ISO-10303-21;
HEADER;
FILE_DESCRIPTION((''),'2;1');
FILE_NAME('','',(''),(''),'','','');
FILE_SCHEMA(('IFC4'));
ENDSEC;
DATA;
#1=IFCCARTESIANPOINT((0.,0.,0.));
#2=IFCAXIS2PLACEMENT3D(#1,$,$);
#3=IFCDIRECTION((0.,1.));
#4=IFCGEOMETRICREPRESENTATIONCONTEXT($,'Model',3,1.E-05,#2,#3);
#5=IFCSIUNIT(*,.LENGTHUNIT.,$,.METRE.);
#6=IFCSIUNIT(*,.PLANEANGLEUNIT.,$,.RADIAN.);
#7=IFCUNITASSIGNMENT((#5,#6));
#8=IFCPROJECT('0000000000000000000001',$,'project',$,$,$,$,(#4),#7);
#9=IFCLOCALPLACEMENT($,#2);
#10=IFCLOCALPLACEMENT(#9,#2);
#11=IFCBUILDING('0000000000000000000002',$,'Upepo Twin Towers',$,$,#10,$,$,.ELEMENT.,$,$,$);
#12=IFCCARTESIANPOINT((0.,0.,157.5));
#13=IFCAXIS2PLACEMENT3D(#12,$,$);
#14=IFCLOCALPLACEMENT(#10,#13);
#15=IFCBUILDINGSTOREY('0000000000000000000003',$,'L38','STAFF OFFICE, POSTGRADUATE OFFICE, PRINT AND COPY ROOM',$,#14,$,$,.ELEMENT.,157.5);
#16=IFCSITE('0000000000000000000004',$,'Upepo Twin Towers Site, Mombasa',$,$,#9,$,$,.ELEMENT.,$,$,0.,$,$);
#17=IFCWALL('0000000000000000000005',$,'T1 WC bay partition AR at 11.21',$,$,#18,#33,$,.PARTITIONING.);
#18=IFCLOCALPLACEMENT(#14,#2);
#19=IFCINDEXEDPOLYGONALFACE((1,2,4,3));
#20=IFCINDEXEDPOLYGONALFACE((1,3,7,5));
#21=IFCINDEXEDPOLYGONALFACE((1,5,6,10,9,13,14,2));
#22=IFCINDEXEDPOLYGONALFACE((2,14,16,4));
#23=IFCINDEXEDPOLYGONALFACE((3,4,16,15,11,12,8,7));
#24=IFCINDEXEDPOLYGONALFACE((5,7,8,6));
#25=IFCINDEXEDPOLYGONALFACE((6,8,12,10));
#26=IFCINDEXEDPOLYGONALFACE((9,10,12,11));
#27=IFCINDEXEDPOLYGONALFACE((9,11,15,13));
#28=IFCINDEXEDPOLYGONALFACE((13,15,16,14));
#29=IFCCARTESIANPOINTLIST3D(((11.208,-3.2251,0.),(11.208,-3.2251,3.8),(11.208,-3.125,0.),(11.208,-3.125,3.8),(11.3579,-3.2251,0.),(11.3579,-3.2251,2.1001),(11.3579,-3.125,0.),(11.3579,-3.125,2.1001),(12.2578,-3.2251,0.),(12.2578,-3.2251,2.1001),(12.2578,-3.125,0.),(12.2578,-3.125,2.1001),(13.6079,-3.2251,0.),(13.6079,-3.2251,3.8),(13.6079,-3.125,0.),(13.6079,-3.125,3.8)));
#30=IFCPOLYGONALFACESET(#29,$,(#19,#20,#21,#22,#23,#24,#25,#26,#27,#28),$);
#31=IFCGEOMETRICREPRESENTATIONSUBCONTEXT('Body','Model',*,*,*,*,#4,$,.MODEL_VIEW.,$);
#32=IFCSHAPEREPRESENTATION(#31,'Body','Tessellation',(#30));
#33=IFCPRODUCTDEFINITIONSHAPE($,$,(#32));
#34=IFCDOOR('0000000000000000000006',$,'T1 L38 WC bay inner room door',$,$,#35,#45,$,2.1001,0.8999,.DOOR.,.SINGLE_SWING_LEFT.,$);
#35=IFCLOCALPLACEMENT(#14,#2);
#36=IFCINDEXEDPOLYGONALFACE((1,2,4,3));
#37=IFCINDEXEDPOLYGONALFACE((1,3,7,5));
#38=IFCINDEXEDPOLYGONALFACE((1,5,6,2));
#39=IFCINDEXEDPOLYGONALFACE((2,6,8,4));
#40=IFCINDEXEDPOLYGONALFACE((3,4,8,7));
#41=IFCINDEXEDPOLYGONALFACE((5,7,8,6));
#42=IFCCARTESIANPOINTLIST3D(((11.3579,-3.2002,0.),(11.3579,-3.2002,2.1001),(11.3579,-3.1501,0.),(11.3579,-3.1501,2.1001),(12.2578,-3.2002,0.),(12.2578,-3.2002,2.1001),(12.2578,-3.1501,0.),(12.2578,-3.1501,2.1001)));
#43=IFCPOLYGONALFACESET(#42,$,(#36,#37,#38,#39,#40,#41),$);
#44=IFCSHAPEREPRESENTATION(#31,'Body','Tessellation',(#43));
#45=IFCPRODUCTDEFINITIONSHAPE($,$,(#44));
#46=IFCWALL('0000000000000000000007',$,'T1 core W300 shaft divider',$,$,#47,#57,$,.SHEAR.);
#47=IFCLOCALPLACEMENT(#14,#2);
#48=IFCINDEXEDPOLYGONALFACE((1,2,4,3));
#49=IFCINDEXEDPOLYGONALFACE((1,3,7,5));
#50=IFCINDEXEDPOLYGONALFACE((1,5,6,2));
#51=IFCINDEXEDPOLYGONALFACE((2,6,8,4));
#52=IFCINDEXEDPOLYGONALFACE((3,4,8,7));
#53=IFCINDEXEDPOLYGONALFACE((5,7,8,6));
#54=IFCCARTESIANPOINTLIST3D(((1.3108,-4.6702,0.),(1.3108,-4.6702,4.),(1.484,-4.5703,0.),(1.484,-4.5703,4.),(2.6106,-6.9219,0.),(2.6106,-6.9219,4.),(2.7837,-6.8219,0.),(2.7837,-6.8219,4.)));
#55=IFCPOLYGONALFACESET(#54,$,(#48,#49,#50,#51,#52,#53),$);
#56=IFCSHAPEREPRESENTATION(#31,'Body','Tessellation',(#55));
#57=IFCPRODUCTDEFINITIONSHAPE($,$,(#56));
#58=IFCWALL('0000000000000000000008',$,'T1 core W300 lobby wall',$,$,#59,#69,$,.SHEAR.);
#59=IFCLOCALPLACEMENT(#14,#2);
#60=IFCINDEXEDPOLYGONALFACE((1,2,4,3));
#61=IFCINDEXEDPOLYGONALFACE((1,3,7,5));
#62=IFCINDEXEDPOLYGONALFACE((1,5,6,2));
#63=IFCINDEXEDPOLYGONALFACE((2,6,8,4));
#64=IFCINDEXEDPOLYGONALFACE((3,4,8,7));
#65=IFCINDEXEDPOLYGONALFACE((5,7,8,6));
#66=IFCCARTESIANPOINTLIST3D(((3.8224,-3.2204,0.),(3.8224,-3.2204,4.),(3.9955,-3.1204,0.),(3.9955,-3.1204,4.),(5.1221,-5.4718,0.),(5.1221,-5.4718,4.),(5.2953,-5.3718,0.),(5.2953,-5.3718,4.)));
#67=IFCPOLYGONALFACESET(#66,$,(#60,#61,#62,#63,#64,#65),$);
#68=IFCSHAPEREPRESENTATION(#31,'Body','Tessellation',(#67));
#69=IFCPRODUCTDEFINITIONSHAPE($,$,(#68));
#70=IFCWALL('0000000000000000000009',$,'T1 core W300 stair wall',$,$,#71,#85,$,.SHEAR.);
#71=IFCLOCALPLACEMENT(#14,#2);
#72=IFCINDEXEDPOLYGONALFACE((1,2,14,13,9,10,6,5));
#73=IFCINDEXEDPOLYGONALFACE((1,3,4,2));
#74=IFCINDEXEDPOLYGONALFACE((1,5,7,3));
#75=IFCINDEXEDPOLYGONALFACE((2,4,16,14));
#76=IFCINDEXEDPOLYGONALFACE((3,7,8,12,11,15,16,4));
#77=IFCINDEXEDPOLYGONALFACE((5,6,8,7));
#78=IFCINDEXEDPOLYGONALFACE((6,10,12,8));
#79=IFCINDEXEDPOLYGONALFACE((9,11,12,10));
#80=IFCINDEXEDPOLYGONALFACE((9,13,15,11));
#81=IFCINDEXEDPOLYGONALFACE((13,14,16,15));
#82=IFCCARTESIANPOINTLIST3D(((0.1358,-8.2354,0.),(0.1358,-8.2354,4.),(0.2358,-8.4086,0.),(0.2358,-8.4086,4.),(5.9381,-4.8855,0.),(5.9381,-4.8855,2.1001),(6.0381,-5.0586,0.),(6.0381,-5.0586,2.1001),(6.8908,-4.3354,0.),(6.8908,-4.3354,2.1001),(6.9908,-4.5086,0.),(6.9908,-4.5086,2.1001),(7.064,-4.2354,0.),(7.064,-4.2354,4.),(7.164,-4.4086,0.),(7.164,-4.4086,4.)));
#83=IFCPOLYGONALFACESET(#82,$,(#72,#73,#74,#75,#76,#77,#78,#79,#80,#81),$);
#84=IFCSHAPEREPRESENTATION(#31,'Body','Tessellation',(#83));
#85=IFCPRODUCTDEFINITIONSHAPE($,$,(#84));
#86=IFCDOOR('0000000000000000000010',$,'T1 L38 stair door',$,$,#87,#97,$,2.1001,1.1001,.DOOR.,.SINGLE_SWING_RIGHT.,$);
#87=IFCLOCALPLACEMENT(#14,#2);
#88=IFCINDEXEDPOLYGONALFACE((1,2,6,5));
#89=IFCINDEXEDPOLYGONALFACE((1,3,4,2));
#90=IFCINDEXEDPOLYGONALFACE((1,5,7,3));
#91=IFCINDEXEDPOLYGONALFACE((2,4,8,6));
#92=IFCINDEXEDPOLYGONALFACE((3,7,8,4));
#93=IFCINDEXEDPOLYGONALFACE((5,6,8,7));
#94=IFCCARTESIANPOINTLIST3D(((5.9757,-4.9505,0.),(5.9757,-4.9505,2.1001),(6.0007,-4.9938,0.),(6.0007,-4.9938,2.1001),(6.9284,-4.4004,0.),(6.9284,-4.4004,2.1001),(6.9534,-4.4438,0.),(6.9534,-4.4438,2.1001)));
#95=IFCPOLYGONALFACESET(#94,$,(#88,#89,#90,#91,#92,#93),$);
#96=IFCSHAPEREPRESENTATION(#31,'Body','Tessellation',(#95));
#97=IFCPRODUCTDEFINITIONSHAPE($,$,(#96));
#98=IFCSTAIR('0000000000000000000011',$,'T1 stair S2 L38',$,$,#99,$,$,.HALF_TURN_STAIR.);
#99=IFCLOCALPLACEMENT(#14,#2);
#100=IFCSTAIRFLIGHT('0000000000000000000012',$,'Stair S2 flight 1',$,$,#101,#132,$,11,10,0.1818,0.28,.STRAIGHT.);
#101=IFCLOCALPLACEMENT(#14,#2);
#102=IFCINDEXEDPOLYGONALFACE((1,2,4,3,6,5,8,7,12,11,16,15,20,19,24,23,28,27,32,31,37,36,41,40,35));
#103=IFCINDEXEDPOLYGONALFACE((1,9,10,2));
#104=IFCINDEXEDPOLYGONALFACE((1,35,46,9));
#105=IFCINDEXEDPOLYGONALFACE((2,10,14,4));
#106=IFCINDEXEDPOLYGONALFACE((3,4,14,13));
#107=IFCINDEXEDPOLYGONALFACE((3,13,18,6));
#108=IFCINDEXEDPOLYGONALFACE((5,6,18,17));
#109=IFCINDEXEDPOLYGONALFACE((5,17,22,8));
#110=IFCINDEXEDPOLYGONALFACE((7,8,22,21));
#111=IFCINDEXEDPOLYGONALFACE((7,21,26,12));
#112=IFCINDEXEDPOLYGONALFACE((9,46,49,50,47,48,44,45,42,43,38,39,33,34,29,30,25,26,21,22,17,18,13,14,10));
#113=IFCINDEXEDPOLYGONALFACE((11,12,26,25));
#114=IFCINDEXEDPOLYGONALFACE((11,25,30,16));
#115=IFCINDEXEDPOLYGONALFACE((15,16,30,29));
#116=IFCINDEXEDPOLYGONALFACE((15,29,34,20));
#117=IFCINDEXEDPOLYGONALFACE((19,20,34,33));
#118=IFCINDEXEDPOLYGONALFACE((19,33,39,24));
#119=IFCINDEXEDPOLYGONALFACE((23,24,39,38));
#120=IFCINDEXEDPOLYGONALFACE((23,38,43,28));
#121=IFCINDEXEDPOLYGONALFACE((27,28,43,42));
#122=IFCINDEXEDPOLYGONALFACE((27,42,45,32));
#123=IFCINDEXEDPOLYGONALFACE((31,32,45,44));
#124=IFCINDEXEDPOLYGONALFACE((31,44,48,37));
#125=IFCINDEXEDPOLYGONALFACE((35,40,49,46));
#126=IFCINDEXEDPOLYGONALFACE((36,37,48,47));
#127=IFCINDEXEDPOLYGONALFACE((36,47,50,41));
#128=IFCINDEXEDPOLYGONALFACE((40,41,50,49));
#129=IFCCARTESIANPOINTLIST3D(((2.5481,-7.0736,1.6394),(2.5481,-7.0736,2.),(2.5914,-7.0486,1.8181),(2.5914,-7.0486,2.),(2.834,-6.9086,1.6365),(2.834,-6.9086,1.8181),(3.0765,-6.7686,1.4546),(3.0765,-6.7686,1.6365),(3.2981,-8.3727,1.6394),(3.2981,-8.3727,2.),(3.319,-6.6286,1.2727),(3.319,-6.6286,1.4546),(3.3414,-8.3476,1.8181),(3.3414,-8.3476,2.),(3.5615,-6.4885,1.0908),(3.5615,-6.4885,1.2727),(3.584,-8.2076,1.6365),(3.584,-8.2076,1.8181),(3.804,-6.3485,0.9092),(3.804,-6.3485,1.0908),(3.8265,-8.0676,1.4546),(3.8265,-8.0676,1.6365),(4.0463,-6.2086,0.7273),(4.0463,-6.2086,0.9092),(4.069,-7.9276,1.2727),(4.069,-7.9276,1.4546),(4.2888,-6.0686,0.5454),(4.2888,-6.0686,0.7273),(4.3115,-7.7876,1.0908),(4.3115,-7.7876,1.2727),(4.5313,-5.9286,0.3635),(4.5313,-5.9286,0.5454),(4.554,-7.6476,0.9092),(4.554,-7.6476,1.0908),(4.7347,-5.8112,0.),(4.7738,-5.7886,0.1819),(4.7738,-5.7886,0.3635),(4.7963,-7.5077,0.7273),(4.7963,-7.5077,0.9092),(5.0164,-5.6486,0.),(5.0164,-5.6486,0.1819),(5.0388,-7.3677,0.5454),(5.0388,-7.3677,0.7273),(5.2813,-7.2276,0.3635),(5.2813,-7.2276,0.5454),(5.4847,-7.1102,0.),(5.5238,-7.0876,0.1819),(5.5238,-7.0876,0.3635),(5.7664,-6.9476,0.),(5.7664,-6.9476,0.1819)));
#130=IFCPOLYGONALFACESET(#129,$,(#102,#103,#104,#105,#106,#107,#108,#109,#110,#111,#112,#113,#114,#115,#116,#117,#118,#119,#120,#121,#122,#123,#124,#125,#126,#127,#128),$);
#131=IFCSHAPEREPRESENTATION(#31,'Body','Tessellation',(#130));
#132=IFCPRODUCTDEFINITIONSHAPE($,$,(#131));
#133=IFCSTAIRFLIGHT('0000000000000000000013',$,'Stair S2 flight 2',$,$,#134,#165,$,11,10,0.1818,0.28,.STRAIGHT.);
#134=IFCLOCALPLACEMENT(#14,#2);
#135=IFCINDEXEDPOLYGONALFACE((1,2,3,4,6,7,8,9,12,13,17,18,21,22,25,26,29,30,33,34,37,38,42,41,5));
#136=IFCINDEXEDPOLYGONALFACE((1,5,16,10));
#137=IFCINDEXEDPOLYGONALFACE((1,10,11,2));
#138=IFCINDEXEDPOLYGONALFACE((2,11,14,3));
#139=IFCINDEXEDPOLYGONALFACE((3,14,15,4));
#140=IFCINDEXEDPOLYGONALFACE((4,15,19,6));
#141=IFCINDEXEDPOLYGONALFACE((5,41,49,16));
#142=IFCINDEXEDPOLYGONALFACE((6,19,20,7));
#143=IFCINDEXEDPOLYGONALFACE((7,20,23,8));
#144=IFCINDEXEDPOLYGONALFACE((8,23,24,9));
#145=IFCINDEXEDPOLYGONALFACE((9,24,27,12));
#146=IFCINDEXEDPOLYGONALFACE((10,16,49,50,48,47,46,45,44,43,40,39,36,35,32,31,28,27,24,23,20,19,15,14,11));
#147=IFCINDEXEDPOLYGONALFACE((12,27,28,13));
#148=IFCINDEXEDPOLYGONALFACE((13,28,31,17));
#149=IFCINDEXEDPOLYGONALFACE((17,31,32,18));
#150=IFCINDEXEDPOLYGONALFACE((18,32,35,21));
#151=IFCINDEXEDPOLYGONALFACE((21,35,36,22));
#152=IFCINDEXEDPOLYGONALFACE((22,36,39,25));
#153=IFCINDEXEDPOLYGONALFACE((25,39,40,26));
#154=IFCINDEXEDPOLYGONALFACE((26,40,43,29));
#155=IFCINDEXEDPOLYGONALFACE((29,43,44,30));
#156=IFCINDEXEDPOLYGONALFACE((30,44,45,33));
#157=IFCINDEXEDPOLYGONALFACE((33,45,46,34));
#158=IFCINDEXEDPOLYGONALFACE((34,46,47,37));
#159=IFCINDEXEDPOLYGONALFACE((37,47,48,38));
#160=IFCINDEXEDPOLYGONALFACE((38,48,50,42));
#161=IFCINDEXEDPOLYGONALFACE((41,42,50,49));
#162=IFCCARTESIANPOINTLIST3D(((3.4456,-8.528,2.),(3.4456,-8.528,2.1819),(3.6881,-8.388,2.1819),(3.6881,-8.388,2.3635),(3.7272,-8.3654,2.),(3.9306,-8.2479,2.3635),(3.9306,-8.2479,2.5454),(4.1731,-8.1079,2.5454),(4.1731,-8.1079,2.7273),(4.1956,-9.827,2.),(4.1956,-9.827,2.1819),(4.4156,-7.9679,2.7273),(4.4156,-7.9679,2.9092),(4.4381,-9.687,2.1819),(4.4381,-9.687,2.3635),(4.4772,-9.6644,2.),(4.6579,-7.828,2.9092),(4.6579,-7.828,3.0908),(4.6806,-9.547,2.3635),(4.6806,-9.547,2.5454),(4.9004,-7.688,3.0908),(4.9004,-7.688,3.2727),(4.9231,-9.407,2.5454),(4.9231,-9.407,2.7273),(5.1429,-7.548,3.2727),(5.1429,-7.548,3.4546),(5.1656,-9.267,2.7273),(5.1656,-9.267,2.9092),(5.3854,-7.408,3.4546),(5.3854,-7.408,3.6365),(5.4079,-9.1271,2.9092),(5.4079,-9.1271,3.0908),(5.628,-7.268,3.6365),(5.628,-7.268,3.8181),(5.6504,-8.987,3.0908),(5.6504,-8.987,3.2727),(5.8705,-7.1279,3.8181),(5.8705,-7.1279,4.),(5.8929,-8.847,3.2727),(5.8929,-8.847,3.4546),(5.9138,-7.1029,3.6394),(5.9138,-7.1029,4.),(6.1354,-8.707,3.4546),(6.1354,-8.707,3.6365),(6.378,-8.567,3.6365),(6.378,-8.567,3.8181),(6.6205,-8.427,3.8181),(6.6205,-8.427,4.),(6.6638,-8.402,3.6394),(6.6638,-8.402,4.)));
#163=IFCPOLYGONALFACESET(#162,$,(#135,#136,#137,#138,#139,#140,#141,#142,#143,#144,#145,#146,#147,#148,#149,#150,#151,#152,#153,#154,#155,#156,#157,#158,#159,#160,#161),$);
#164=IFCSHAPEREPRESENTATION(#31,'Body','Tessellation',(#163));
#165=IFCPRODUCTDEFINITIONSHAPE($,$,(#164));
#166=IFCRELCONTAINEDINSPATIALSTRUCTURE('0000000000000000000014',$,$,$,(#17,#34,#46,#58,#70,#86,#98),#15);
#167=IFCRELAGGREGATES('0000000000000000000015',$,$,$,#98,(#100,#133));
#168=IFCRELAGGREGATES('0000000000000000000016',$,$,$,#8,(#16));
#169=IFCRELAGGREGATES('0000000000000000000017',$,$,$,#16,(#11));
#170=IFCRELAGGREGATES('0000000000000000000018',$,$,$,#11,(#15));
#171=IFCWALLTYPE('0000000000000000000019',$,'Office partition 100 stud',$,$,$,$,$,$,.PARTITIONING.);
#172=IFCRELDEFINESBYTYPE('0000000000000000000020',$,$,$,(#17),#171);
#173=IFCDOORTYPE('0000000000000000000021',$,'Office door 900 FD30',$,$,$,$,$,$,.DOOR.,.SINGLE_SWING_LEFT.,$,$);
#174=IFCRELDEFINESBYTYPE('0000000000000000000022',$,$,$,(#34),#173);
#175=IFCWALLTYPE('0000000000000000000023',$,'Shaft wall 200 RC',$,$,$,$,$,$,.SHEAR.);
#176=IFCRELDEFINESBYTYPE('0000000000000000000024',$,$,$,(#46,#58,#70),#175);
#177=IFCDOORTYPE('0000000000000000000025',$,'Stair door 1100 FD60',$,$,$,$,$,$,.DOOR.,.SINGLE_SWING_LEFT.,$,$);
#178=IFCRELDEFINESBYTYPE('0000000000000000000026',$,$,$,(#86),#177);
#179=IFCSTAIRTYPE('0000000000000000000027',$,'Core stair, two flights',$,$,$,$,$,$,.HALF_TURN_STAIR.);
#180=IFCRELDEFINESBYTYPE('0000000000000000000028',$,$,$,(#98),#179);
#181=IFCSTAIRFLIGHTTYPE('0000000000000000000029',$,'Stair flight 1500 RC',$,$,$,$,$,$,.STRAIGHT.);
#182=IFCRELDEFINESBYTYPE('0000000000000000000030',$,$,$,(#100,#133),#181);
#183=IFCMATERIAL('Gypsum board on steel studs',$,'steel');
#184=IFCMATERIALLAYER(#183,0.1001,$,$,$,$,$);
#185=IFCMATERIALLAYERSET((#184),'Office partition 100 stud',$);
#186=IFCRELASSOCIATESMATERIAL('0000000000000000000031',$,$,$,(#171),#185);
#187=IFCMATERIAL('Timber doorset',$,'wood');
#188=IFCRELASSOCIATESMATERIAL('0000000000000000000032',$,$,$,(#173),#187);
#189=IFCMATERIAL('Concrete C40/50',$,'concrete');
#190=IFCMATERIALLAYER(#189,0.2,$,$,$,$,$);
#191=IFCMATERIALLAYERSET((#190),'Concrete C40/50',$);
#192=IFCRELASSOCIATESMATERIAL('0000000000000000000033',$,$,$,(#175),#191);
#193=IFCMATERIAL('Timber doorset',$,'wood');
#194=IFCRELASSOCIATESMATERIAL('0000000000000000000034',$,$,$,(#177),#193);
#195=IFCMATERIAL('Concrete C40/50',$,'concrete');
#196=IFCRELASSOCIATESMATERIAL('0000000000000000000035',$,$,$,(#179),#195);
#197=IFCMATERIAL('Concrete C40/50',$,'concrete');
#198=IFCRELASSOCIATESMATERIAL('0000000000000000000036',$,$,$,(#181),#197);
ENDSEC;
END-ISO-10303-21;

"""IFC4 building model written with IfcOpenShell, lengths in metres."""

from ifc_helpers import new_model, si_unit, direction, frame, frame_2d, origin, place, context, subcontext, project, spatial, polyline, rectangle, outline, extrude, material, layer, layer_set, type_object, element, fill, aggregate, save


model = new_model("IFC4")

# Units and contexts
model_context = context("Model", 3, precision=1e-05, world=origin(), true_north=direction((0.0, 1.0)))
body_context = subcontext(model_context, "Body", "Model", "MODEL_VIEW")
ifc_project = project(units=[si_unit("LENGTHUNIT", "METRE"), si_unit("PLANEANGLEUNIT", "RADIAN")], contexts=[model_context])

# Site, building, storey
site_placement = place(None, origin())
site = spatial("IfcSite", under=ifc_project, at=site_placement, Name="Upepo Twin Towers Site, Mombasa", CompositionType="ELEMENT", RefElevation=0.0)
building_placement = place(site_placement, origin())
building = spatial("IfcBuilding", under=site, at=building_placement, Name="Upepo Twin Towers", CompositionType="ELEMENT")
storey_placement = place(building_placement, frame((0.0, 0.0, 157.5)))
storey = spatial("IfcBuildingStorey", under=building, at=storey_placement, Name="L38", Description="STAFF OFFICE, POSTGRADUATE OFFICE, PRINT AND COPY ROOM", CompositionType="ELEMENT", Elevation=157.5)

# Wall, opening, door
ifc_material_1 = material(Name="Gypsum board on steel studs", Category="steel")
ifc_layer_1 = layer(ifc_material_1, 0.1001)
ifc_layer_set_1 = layer_set([ifc_layer_1], Name="Office partition 100 stud")
wall_type_1 = type_object("IfcWallType", Name="Office partition 100 stud", PredefinedType="PARTITIONING", material=ifc_layer_set_1)
wall_1_placement = place(storey_placement, frame((11.208, -3.175, 0.0), z_axis=(0.0, 0.0, 1.0), x_axis=(1.0, 0.0, 0.0)))
wall_1 = element("IfcWall", 1, at=wall_1_placement, inside=storey, type_object=wall_type_1, Name="T1 WC bay partition AR at 11.21", PredefinedType="PARTITIONING", context=body_context, shape_type="SweptSolid", body=[
    extrude(rectangle(XDim=2.3999, YDim=0.1001, at=frame_2d((1.2, 0.0))), origin(), (0.0, 0.0, 1.0), 3.8),
])
opening_1_placement = place(wall_1_placement, frame((0.1499, 0.0, 0.0)))
opening_1 = element("IfcOpeningElement", 2, at=opening_1_placement, cuts=wall_1, PredefinedType="OPENING", context=body_context, shape_type="SweptSolid", body=[
    extrude(rectangle(XDim=0.8999, YDim=2.1001, at=frame_2d((0.45, 1.05))), frame((0.0, 0.0601, 0.0), z_axis=(0.0, -1.0, 0.0), x_axis=(1.0, 0.0, 0.0)), (0.0, 0.0, 1.0), 0.1201),
])
ifc_material_2 = material(Name="Timber doorset", Category="wood")
door_type_1 = type_object("IfcDoorType", Name="Office door 900 FD30", OperationType="SINGLE_SWING_LEFT", PredefinedType="DOOR", material=ifc_material_2)
door_1_placement = place(opening_1_placement, origin())
door_1 = element("IfcDoor", 3, at=door_1_placement, inside=storey, type_object=door_type_1, Name="T1 L38 WC bay inner room door", OperationType="SINGLE_SWING_LEFT", OverallHeight=2.1001, OverallWidth=0.8999, PredefinedType="DOOR", context=body_context, shape_type="SweptSolid", body=[
    extrude(rectangle(XDim=0.8999, YDim=2.1001, at=frame_2d((0.45, 1.05))), frame((0.0, 0.0249, 0.0), z_axis=(0.0, -1.0, 0.0), x_axis=(1.0, 0.0, 0.0)), (0.0, 0.0, 1.0), 0.05),
])
fill(opening_1, door_1)

# Walls
ifc_material_3 = material(Name="Concrete C40/50", Category="concrete")
ifc_layer_2 = layer(ifc_material_3, 0.2)
ifc_layer_set_2 = layer_set([ifc_layer_2], Name="Concrete C40/50")
wall_type_2 = type_object("IfcWallType", Name="Shaft wall 200 RC", PredefinedType="SHEAR", material=ifc_layer_set_2)
wall_2_placement = place(storey_placement, frame((1.3975, -4.6204, 0.0), z_axis=(0.0, 0.0, 1.0), x_axis=(0.499937, -0.866062, 0.0)))
element("IfcWall", 4, at=wall_2_placement, inside=storey, type_object=wall_type_2, Name="T1 core W300 shaft divider", PredefinedType="SHEAR", context=body_context, shape_type="SweptSolid", body=[
    extrude(rectangle(XDim=2.5999, YDim=0.2, at=frame_2d((1.2998, 0.0))), origin(), (0.0, 0.0, 1.0), 4.0),
])
wall_3_placement = place(storey_placement, frame((3.9089, -3.1704, 0.0), z_axis=(0.0, 0.0, 1.0), x_axis=(0.499977, -0.866039, 0.0)))
element("IfcWall", 5, at=wall_3_placement, inside=storey, type_object=wall_type_2, Name="T1 core W300 lobby wall", PredefinedType="SHEAR", context=body_context, shape_type="SweptSolid", body=[
    extrude(rectangle(XDim=2.5996, YDim=0.2, at=frame_2d((1.2998, 0.0))), origin(), (0.0, 0.0, 1.0), 4.0),
])

# Wall, opening, door
wall_4_placement = place(storey_placement, frame((0.1858, -8.322, 0.0), z_axis=(0.0, 0.0, 1.0), x_axis=(0.866026, 0.499999, 0.0)))
wall_4 = element("IfcWall", 6, at=wall_4_placement, inside=storey, type_object=wall_type_2, Name="T1 core W300 stair wall", PredefinedType="SHEAR", context=body_context, shape_type="SweptSolid", body=[
    extrude(rectangle(XDim=8.0, YDim=0.2, at=frame_2d((4.0, 0.0))), origin(), (0.0, 0.0, 1.0), 4.0),
])
opening_2_placement = place(wall_4_placement, frame((6.7, 0.0, 0.0)))
opening_2 = element("IfcOpeningElement", 7, at=opening_2_placement, cuts=wall_4, PredefinedType="OPENING", context=body_context, shape_type="SweptSolid", body=[
    extrude(rectangle(XDim=1.1001, YDim=2.1001, at=frame_2d((0.55, 1.05))), frame((0.0, 0.1099, 0.0), z_axis=(0.0, -1.0, 0.0), x_axis=(1.0, 0.0, 0.0)), (0.0, 0.0, 1.0), 0.22),
])
ifc_material_4 = material(Name="Timber doorset", Category="wood")
door_type_2 = type_object("IfcDoorType", Name="Stair door 1100 FD60", OperationType="SINGLE_SWING_LEFT", PredefinedType="DOOR", material=ifc_material_4)
door_2_placement = place(opening_2_placement, origin())
door_2 = element("IfcDoor", 8, at=door_2_placement, inside=storey, type_object=door_type_2, Name="T1 L38 stair door", OperationType="SINGLE_SWING_RIGHT", OverallHeight=2.1001, OverallWidth=1.1001, PredefinedType="DOOR", context=body_context, shape_type="SweptSolid", body=[
    extrude(rectangle(XDim=1.1001, YDim=2.1001, at=frame_2d((0.55, 1.05))), frame((0.0, 0.0249, 0.0), z_axis=(0.0, -1.0, 0.0), x_axis=(1.0, 0.0, 0.0)), (0.0, 0.0, 1.0), 0.05),
])
fill(opening_2, door_2)

# Stair, stair flights
ifc_material_5 = material(Name="Concrete C40/50", Category="concrete")
stair_type = type_object("IfcStairType", Name="Core stair, two flights", PredefinedType="HALF_TURN_STAIR", material=ifc_material_5)
stair_placement = place(storey_placement, origin())
stair = element("IfcStair", 9, at=stair_placement, inside=storey, type_object=stair_type, Name="T1 stair S2 L38", PredefinedType="HALF_TURN_STAIR")
ifc_material_6 = material(Name="Concrete C40/50", Category="concrete")
stair_flight_type = type_object("IfcStairFlightType", Name="Stair flight 1500 RC", PredefinedType="STRAIGHT", material=ifc_material_6)
stair_flight_1_placement = place(storey_placement, frame((5.3914, -6.2981, 0.0), z_axis=(0.0, 0.0, 1.0), x_axis=(-0.866025, -0.5, 0.0)))
stair_flight_1 = element("IfcStairFlight", 10, at=stair_flight_1_placement, type_object=stair_flight_type, Name="Stair S2 flight 1", NumberOfRisers=11, NumberOfTreads=10, PredefinedType="STRAIGHT", RiserHeight=0.1818, TreadLength=0.28, context=body_context, shape_type="SweptSolid", body=[
    extrude(outline(polyline([(0.0, 0.0), (0.0, 0.1819), (0.28, 0.1819), (0.28, 0.3635), (0.5601, 0.3635), (0.5601, 0.5454), (0.8401, 0.5454), (0.8401, 0.7273), (1.1201, 0.7273), (1.1201, 0.9092), (1.3999, 0.9092), (1.3999, 1.0908), (1.6799, 1.0908), (1.6799, 1.2727), (1.96, 1.2727), (1.96, 1.4546), (2.24, 1.4546), (2.24, 1.6365), (2.52, 1.6365), (2.52, 1.8181), (2.8, 1.8181), (2.8, 2.0), (2.8501, 2.0), (2.8501, 1.6394), (0.3252, 0.0), (0.0, 0.0)])), frame((0.0, 0.75, 0.0), z_axis=(0.0, -1.0, 0.0), x_axis=(1.0, 0.0, 0.0)), (0.0, 0.0, 1.0), 1.5),
])
stair_flight_2_placement = place(storey_placement, frame((3.8206, -9.1775, 2.0), z_axis=(0.0, 0.0, 1.0), x_axis=(0.866025, 0.5, 0.0)))
stair_flight_2 = element("IfcStairFlight", 11, at=stair_flight_2_placement, type_object=stair_flight_type, Name="Stair S2 flight 2", NumberOfRisers=11, NumberOfTreads=10, PredefinedType="STRAIGHT", RiserHeight=0.1818, TreadLength=0.28, context=body_context, shape_type="SweptSolid", body=[
    extrude(outline(polyline([(0.0, 0.0), (0.0, 0.1819), (0.28, 0.1819), (0.28, 0.3635), (0.5601, 0.3635), (0.5601, 0.5454), (0.8401, 0.5454), (0.8401, 0.7273), (1.1201, 0.7273), (1.1201, 0.9092), (1.3999, 0.9092), (1.3999, 1.0908), (1.6799, 1.0908), (1.6799, 1.2727), (1.96, 1.2727), (1.96, 1.4546), (2.24, 1.4546), (2.24, 1.6365), (2.52, 1.6365), (2.52, 1.8181), (2.8, 1.8181), (2.8, 2.0), (2.8501, 2.0), (2.8501, 1.6394), (0.3252, 0.0), (0.0, 0.0)])), frame((0.0, 0.75, 0.0), z_axis=(0.0, -1.0, 0.0), x_axis=(1.0, 0.0, 0.0)), (0.0, 0.0, 1.0), 1.5),
])
aggregate(stair, [stair_flight_1, stair_flight_2])

save(model, "model.ifc")
